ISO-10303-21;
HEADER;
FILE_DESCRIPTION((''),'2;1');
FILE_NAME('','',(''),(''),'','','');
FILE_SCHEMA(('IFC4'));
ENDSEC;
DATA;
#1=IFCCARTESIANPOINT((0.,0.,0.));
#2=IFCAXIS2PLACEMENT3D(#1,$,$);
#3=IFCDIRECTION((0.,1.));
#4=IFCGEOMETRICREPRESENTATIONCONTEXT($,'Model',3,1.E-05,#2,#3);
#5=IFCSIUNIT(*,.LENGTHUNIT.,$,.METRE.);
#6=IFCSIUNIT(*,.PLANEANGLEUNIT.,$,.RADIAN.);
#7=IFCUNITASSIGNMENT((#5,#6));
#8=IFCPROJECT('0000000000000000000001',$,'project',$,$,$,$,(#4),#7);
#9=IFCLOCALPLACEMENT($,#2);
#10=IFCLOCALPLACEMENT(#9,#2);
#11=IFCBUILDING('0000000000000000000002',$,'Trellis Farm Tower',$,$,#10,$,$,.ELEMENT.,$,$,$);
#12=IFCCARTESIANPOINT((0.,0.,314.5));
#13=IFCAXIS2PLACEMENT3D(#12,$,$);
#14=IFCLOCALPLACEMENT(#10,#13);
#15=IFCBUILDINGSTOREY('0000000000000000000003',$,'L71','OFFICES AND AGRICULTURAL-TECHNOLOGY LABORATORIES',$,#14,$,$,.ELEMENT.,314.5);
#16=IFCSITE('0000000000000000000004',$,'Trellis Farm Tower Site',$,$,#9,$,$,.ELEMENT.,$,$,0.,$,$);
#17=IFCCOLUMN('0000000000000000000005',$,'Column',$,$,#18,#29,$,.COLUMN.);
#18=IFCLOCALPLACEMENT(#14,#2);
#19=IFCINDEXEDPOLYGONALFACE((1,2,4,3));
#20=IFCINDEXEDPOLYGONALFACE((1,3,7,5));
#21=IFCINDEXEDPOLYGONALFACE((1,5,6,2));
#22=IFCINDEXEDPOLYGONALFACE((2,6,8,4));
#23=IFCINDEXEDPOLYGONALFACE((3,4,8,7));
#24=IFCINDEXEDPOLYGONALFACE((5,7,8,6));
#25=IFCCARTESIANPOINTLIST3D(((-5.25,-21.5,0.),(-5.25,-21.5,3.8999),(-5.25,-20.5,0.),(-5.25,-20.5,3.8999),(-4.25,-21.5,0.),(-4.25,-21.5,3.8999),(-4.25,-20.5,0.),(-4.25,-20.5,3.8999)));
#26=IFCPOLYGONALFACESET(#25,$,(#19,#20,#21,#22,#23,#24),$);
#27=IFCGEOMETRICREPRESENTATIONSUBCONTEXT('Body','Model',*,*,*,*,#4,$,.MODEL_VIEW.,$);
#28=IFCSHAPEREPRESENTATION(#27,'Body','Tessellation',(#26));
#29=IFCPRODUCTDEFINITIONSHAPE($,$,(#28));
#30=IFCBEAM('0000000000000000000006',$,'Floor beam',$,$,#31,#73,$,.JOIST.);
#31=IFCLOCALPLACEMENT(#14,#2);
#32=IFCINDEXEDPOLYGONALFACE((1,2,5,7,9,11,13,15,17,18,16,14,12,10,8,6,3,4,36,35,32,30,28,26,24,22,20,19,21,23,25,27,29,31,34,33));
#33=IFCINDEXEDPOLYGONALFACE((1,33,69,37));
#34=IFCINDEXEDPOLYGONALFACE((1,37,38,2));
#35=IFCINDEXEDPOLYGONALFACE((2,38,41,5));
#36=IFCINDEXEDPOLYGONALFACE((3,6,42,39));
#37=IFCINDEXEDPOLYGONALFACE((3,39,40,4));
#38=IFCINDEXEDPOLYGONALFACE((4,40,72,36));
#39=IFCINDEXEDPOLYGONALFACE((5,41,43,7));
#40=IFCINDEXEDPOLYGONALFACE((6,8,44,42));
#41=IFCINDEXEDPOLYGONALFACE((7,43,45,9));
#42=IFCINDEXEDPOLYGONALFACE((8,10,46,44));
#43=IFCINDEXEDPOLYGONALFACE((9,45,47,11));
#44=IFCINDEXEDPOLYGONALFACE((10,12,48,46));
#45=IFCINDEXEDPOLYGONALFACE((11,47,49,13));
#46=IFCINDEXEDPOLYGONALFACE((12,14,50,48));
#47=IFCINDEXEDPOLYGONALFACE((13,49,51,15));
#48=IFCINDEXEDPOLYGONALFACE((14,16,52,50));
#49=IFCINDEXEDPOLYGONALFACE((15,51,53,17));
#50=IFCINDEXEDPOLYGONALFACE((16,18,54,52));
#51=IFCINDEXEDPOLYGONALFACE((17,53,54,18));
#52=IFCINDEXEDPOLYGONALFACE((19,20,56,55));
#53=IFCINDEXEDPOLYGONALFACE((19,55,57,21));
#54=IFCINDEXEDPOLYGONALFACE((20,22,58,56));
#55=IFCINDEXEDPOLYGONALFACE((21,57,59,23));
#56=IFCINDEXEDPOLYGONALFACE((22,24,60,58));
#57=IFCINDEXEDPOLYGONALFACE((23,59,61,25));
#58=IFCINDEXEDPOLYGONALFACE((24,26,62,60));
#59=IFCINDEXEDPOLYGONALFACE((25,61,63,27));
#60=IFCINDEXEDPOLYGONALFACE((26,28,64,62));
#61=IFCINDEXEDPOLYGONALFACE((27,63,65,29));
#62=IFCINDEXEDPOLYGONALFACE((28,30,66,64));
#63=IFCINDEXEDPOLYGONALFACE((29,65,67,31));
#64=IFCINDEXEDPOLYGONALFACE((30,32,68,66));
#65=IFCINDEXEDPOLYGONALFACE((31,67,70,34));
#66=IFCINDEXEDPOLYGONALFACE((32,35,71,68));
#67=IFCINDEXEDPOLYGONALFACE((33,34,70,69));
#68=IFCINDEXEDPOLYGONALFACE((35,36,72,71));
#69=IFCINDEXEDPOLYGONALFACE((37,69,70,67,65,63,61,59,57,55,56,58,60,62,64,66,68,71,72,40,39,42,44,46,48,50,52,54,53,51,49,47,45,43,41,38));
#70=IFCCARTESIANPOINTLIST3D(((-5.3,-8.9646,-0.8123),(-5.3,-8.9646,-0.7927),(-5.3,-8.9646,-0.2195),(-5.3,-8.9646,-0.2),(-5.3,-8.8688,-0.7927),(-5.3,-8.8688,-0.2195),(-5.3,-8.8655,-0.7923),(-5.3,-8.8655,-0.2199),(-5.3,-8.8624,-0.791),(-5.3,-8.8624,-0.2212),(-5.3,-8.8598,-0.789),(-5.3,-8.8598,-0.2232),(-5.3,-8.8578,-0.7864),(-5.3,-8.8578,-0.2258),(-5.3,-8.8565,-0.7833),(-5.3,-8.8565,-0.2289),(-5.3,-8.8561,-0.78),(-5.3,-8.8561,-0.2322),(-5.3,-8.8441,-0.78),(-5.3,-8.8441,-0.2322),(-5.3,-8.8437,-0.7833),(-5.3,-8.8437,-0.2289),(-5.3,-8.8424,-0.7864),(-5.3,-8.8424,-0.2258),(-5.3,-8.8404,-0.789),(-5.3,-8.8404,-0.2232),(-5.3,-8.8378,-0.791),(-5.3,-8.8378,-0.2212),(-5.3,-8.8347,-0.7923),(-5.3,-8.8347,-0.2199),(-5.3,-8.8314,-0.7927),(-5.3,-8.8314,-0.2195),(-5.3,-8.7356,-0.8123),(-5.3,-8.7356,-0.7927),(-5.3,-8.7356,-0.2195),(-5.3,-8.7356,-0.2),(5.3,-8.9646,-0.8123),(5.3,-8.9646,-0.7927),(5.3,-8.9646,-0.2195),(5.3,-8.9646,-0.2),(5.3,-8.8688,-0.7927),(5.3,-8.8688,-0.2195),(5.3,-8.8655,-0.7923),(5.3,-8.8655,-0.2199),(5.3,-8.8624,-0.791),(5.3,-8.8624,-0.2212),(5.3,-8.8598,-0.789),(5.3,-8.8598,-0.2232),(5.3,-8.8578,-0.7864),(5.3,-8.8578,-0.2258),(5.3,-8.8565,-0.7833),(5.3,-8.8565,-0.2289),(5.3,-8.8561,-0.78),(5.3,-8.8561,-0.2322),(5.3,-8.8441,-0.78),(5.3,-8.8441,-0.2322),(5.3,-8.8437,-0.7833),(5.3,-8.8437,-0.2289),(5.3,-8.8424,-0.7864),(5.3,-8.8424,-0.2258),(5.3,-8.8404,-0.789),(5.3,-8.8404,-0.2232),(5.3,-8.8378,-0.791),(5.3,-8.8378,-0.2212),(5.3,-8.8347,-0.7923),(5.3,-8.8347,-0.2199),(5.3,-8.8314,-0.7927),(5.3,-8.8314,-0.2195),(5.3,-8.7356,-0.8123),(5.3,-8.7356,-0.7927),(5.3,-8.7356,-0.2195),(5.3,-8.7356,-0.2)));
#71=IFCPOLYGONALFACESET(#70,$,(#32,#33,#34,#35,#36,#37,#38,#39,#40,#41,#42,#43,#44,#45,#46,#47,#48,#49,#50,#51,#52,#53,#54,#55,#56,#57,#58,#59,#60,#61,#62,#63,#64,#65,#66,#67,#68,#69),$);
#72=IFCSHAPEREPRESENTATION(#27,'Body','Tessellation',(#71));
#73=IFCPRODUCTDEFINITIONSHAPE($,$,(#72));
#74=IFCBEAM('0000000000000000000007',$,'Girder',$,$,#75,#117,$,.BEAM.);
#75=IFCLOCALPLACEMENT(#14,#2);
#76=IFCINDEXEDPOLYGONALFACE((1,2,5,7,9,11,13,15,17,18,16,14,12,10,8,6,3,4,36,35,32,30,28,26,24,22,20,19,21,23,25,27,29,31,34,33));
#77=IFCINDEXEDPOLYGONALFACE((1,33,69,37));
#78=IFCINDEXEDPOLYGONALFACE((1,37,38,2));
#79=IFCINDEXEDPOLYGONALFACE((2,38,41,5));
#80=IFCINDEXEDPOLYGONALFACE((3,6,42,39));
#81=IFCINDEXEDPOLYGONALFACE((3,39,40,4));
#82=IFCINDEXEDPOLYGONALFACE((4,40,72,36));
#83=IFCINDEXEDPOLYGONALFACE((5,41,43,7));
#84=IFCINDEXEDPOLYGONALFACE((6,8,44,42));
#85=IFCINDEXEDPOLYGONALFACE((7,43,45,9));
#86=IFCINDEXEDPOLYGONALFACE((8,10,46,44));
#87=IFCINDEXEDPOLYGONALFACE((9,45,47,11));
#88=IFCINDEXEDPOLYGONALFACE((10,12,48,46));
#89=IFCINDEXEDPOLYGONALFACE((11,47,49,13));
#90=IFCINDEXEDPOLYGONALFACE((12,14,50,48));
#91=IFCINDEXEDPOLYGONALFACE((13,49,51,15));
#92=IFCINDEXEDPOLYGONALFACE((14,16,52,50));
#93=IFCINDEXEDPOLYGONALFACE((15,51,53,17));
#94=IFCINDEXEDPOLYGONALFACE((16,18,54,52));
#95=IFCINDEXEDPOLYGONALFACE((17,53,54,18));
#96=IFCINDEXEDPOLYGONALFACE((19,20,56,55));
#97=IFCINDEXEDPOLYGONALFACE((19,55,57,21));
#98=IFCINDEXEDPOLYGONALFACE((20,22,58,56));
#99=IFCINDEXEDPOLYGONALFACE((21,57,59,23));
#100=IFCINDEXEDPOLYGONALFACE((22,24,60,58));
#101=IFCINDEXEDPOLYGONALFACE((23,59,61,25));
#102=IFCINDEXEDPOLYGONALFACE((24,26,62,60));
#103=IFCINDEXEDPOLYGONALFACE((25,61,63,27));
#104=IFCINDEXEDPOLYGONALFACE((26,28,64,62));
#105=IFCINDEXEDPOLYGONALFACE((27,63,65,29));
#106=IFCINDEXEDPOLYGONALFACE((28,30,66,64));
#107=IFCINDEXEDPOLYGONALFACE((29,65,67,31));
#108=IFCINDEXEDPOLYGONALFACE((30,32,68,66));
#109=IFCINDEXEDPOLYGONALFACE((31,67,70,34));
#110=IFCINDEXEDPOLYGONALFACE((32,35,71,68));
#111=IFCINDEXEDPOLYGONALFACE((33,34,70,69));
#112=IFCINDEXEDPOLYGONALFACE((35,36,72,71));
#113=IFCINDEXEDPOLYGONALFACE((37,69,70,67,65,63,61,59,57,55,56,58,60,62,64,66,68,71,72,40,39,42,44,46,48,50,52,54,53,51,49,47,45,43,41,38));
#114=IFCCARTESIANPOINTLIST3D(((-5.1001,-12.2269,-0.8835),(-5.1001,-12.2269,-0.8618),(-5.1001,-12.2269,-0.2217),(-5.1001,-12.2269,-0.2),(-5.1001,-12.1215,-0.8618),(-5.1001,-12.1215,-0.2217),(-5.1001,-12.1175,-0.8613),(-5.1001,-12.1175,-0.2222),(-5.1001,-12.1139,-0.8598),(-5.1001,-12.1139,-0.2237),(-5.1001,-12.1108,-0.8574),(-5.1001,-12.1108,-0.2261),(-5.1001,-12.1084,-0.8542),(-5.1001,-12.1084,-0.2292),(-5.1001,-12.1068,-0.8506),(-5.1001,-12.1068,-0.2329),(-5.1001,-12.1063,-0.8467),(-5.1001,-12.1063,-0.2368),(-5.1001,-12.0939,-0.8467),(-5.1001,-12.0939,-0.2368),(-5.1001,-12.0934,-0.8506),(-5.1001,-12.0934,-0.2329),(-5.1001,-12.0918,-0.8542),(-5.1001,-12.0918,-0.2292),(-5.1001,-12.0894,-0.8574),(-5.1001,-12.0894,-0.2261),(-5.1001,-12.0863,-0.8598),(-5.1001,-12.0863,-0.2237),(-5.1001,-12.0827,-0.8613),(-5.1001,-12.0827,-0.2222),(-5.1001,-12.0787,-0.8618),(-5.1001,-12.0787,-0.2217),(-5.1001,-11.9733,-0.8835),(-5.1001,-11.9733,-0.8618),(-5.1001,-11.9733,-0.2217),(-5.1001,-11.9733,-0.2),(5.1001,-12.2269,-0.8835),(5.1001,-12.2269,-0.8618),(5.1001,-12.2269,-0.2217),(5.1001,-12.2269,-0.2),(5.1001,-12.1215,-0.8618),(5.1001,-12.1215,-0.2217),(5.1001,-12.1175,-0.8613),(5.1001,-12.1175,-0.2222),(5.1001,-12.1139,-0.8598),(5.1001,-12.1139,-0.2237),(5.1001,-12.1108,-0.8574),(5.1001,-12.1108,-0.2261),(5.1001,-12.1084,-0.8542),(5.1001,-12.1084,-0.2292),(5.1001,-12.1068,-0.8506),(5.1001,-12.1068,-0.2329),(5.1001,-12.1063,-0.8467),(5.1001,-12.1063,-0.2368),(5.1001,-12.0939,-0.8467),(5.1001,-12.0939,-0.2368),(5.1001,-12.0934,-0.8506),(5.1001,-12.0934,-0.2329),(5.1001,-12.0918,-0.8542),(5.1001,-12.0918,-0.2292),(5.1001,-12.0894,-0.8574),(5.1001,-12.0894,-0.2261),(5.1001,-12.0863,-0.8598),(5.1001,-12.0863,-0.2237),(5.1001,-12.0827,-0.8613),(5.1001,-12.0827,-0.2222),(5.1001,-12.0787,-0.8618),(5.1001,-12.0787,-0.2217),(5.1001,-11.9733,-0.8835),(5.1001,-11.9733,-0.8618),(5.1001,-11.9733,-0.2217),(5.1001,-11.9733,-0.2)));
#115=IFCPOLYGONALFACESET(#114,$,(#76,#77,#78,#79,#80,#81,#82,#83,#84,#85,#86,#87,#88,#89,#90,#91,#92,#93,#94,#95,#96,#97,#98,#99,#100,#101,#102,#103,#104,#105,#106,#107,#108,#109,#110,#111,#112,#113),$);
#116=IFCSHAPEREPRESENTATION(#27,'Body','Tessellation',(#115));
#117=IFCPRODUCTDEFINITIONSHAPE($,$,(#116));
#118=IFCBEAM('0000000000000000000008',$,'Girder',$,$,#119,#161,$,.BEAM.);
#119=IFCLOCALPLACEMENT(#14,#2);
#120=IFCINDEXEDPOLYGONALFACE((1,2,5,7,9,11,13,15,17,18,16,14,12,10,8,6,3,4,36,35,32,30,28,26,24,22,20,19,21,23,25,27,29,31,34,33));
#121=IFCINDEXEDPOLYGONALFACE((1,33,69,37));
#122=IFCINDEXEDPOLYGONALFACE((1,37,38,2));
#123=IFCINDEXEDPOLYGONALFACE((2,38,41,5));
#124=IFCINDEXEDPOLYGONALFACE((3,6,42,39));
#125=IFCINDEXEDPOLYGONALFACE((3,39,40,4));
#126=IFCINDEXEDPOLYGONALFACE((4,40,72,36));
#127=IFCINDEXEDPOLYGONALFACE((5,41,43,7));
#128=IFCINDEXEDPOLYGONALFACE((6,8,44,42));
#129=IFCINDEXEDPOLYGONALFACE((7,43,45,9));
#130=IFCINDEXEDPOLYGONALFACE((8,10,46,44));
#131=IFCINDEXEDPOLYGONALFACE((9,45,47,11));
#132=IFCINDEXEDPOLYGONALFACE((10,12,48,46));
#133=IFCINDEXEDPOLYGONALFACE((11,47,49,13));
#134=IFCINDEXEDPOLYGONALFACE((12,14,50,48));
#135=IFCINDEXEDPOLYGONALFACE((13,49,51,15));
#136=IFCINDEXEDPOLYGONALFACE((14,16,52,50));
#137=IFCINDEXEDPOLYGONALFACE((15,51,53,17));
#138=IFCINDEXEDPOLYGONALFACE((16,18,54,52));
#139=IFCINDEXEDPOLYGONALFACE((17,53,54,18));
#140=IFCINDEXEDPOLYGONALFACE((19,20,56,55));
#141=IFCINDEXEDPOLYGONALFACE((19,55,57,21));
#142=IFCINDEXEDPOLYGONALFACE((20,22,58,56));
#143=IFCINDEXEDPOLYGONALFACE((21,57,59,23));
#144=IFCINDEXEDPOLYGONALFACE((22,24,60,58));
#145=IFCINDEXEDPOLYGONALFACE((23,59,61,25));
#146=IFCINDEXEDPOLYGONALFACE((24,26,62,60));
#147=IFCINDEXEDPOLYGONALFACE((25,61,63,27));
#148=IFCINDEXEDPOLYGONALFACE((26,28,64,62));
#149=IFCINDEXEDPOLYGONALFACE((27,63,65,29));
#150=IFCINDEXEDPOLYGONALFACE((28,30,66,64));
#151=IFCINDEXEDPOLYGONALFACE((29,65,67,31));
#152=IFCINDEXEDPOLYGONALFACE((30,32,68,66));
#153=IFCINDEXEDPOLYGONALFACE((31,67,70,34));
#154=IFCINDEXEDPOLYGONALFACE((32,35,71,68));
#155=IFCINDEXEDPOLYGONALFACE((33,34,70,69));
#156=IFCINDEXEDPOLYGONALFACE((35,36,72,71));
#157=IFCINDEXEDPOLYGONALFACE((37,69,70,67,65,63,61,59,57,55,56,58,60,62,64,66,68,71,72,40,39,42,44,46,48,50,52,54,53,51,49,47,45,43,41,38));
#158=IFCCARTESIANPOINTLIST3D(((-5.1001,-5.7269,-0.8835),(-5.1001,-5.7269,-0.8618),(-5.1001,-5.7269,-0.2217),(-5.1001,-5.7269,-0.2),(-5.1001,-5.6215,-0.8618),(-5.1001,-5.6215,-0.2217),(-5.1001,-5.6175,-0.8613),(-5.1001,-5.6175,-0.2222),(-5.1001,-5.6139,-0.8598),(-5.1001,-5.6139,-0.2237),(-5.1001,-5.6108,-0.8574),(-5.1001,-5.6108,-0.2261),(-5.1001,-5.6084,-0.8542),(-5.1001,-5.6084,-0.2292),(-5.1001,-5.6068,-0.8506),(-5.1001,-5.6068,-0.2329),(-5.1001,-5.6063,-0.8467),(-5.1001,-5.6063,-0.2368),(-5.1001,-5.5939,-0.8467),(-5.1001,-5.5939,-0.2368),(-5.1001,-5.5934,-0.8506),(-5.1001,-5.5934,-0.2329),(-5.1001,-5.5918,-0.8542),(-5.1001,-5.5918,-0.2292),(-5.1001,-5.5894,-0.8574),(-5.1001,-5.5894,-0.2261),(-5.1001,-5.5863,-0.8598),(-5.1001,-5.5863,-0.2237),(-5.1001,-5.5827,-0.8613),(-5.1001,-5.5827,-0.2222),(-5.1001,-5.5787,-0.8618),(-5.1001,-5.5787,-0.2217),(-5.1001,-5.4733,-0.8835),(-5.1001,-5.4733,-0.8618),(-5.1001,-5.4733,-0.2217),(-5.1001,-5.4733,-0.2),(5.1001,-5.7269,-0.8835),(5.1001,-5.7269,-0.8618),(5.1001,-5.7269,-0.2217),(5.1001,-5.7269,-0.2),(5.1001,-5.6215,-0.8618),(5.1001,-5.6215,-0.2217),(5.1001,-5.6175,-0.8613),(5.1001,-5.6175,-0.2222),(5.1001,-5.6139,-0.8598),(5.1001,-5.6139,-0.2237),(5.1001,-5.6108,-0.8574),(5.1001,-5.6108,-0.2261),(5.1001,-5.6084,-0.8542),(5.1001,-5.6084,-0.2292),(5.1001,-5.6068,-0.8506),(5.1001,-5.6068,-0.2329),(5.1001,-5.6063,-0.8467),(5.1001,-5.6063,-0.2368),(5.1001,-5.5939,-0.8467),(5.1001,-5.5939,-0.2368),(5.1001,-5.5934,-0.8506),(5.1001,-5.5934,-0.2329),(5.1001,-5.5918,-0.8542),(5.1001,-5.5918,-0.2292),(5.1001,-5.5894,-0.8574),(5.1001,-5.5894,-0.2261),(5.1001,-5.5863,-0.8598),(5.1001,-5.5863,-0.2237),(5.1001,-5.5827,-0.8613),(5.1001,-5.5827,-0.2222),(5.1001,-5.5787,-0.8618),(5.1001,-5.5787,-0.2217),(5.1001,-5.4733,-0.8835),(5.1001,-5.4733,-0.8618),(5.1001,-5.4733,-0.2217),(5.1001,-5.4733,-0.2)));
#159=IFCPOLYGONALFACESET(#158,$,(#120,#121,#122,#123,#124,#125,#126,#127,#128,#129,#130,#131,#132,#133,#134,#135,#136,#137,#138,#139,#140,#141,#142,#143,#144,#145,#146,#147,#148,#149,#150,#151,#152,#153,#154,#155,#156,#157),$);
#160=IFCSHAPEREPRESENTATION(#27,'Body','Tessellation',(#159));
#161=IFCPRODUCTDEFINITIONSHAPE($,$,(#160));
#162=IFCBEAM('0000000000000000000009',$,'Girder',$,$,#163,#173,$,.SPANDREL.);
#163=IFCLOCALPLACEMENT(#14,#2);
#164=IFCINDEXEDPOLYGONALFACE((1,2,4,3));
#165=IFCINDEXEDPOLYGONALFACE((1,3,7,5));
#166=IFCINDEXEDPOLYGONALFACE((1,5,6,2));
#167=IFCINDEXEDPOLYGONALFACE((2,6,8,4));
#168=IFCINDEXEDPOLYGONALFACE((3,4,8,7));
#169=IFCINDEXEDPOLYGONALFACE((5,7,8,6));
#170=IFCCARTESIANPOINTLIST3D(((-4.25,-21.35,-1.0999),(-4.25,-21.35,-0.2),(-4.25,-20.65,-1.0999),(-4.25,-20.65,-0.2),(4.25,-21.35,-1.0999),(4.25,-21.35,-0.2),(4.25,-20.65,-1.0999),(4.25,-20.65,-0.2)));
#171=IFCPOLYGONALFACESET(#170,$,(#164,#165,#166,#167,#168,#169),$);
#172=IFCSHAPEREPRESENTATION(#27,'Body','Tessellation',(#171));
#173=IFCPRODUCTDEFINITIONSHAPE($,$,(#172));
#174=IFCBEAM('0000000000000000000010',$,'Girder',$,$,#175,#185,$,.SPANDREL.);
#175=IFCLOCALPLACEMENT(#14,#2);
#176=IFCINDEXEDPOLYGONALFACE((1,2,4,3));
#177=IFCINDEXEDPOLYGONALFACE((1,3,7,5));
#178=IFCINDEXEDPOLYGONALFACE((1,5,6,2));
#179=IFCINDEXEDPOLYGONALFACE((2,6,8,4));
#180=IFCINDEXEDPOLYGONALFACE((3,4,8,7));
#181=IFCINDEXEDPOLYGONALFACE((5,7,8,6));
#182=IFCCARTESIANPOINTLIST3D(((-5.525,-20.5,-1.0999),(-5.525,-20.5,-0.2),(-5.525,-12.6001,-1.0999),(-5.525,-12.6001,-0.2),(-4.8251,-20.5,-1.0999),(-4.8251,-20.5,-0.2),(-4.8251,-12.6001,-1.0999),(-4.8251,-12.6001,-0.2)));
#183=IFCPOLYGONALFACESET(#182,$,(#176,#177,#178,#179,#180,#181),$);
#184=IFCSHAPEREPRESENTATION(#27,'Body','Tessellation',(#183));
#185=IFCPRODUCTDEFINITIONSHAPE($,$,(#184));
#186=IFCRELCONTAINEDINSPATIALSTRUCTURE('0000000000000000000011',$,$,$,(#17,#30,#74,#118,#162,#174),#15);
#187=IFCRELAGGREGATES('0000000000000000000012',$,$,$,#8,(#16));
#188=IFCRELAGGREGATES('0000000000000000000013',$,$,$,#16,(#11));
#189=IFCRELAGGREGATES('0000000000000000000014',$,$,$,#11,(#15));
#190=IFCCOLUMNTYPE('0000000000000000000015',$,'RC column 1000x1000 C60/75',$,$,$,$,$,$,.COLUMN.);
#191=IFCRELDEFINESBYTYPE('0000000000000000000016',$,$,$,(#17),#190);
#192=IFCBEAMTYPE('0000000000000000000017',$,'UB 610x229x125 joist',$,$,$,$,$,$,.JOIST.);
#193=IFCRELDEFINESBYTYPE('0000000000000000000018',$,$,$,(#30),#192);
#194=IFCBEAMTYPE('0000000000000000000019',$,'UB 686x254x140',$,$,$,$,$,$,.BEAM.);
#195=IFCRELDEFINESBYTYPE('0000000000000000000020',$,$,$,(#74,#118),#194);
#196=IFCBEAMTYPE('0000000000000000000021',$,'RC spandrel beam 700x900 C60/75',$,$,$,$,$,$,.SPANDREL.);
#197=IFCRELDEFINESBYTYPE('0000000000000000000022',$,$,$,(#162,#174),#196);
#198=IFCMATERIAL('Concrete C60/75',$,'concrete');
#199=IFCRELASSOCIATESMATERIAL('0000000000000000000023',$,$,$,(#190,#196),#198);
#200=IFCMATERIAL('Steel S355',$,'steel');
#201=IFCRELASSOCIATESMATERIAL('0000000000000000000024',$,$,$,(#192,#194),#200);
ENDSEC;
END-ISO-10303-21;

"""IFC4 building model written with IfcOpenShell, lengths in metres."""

from ifc_helpers import new_model, si_unit, direction, frame, origin, origin_2d, place, context, subcontext, project, spatial, rectangle, i_section, extrude, source, transform, mapped, material, material_profile, profile_set, type_object, element, save


model = new_model("IFC4")

# Units and contexts
model_context = context("Model", 3, precision=1e-05, world=origin(), true_north=direction((0.0, 1.0)))
body_context = subcontext(model_context, "Body", "Model", "MODEL_VIEW")
ifc_project = project(units=[si_unit("LENGTHUNIT", "METRE"), si_unit("PLANEANGLEUNIT", "RADIAN")], contexts=[model_context])

# Site, building, storey
site_placement = place(None, origin())
site = spatial("IfcSite", under=ifc_project, at=site_placement, Name="Trellis Farm Tower Site", CompositionType="ELEMENT", RefElevation=0.0)
building_placement = place(site_placement, origin())
building = spatial("IfcBuilding", under=site, at=building_placement, Name="Trellis Farm Tower", CompositionType="ELEMENT")
storey_placement = place(building_placement, frame((0.0, 0.0, 314.5)))
storey = spatial("IfcBuildingStorey", under=building, at=storey_placement, Name="L71", Description="OFFICES AND AGRICULTURAL-TECHNOLOGY LABORATORIES", CompositionType="ELEMENT", Elevation=314.5)

# Column
ifc_material_1 = material(Name="Concrete C60/75", Category="concrete")
ifc_material_profile_1 = material_profile(ifc_material_1, rectangle(XDim=1.0, YDim=1.0, at=origin_2d()), Name="RC column 1000x1000 C60/75")
ifc_profile_set_1 = profile_set([ifc_material_profile_1], Name="Concrete C60/75")
column_type = type_object("IfcColumnType", Name="RC column 1000x1000 C60/75", PredefinedType="COLUMN", material=ifc_profile_set_1)
shared_shape_1 = source(origin(), body_context, "Body", "SweptSolid", [
    extrude(rectangle(XDim=1.0, YDim=1.0, at=origin_2d()), origin(), (0.0, 0.0, 1.0), 3.8999),
])
column_placement = place(storey_placement, frame((-4.75, -21.0, 0.0), z_axis=(0.0, 0.0, 1.0), x_axis=(1.0, 0.0, 0.0)))
element("IfcColumn", 1, at=column_placement, inside=storey, type_object=column_type, Name="Column", PredefinedType="COLUMN", context=body_context, shape_type="MappedRepresentation", body=[
    mapped(shared_shape_1, transform((0.0, 0.0, 0.0))),
])

# Beams
ifc_material_2 = material(Name="Steel S355", Category="steel")
ifc_material_profile_2 = material_profile(ifc_material_2, i_section(OverallWidth=0.229, OverallDepth=0.6123, WebThickness=0.012, FlangeThickness=0.0195, FilletRadius=0.0127, at=origin_2d()), Name="UB 610x229x125")
ifc_profile_set_2 = profile_set([ifc_material_profile_2], Name="Steel S355")
beam_type_1 = type_object("IfcBeamType", Name="UB 610x229x125 joist", PredefinedType="JOIST", material=ifc_profile_set_2)
shared_shape_2 = source(origin(), body_context, "Body", "SweptSolid", [
    extrude(i_section(OverallWidth=0.229, OverallDepth=0.6123, WebThickness=0.012, FlangeThickness=0.0195, FilletRadius=0.0127, at=origin_2d()), origin(), (0.0, 0.0, 1.0), 10.6001),
])
beam_1_placement = place(storey_placement, frame((-5.3, -8.8501, -0.5061), z_axis=(1.0, 0.0, 0.0), x_axis=(0.0, 1.0, 0.0)))
element("IfcBeam", 2, at=beam_1_placement, inside=storey, type_object=beam_type_1, Name="Floor beam", PredefinedType="JOIST", context=body_context, shape_type="MappedRepresentation", body=[
    mapped(shared_shape_2, transform((0.0, 0.0, 0.0))),
])
ifc_material_profile_3 = material_profile(ifc_material_2, i_section(OverallWidth=0.2537, OverallDepth=0.6836, WebThickness=0.0125, FlangeThickness=0.0217, FilletRadius=0.0151, at=origin_2d()), Name="UB 686x254x140")
ifc_profile_set_3 = profile_set([ifc_material_profile_3], Name="Steel S355")
beam_type_2 = type_object("IfcBeamType", Name="UB 686x254x140", PredefinedType="BEAM", material=ifc_profile_set_3)
shared_shape_3 = source(origin(), body_context, "Body", "SweptSolid", [
    extrude(i_section(OverallWidth=0.2537, OverallDepth=0.6836, WebThickness=0.0125, FlangeThickness=0.0217, FilletRadius=0.0151, at=origin_2d()), origin(), (0.0, 0.0, 1.0), 10.2002),
])
for number, where, z_axis, x_axis, name in (
    (3, (-5.1001, -12.1001, -0.5417), (1.0, 0.0, 0.0), (0.0, 1.0, 0.0), "Girder"),
    (4, (-5.1001, -5.6001, -0.5417), (1.0, 0.0, 0.0), (0.0, 1.0, 0.0), "Girder"),
):
    element("IfcBeam", number, at=place(storey_placement, frame(where, z_axis=z_axis, x_axis=x_axis)), inside=storey, type_object=beam_type_2, Name=name, PredefinedType="BEAM", context=body_context, shape_type="MappedRepresentation", body=[
        mapped(shared_shape_3, transform((0.0, 0.0, 0.0))),
    ])
ifc_material_profile_4 = material_profile(ifc_material_1, rectangle(XDim=0.7, YDim=0.8999, at=origin_2d()), Name="RC spandrel beam 700x900 C60/75")
ifc_profile_set_4 = profile_set([ifc_material_profile_4], Name="Concrete C60/75")
beam_type_3 = type_object("IfcBeamType", Name="RC spandrel beam 700x900 C60/75", PredefinedType="SPANDREL", material=ifc_profile_set_4)
shared_shape_4 = source(origin(), body_context, "Body", "SweptSolid", [
    extrude(rectangle(XDim=0.7, YDim=0.8999, at=origin_2d()), origin(), (0.0, 0.0, 1.0), 8.5),
])
beam_2_placement = place(storey_placement, frame((-4.25, -21.0, -0.6499), z_axis=(1.0, 0.0, 0.0), x_axis=(0.0, 1.0, 0.0)))
element("IfcBeam", 5, at=beam_2_placement, inside=storey, type_object=beam_type_3, Name="Girder", PredefinedType="SPANDREL", context=body_context, shape_type="MappedRepresentation", body=[
    mapped(shared_shape_4, transform((0.0, 0.0, 0.0))),
])
shared_shape_5 = source(origin(), body_context, "Body", "SweptSolid", [
    extrude(rectangle(XDim=0.7, YDim=0.8999, at=origin_2d()), origin(), (0.0, 0.0, 1.0), 7.8999),
])
beam_3_placement = place(storey_placement, frame((-5.175, -20.5, -0.6499), z_axis=(0.0, 1.0, 0.0), x_axis=(-1.0, 0.0, 0.0)))
element("IfcBeam", 6, at=beam_3_placement, inside=storey, type_object=beam_type_3, Name="Girder", PredefinedType="SPANDREL", context=body_context, shape_type="MappedRepresentation", body=[
    mapped(shared_shape_5, transform((0.0, 0.0, 0.0))),
])

save(model, "model.ifc")
